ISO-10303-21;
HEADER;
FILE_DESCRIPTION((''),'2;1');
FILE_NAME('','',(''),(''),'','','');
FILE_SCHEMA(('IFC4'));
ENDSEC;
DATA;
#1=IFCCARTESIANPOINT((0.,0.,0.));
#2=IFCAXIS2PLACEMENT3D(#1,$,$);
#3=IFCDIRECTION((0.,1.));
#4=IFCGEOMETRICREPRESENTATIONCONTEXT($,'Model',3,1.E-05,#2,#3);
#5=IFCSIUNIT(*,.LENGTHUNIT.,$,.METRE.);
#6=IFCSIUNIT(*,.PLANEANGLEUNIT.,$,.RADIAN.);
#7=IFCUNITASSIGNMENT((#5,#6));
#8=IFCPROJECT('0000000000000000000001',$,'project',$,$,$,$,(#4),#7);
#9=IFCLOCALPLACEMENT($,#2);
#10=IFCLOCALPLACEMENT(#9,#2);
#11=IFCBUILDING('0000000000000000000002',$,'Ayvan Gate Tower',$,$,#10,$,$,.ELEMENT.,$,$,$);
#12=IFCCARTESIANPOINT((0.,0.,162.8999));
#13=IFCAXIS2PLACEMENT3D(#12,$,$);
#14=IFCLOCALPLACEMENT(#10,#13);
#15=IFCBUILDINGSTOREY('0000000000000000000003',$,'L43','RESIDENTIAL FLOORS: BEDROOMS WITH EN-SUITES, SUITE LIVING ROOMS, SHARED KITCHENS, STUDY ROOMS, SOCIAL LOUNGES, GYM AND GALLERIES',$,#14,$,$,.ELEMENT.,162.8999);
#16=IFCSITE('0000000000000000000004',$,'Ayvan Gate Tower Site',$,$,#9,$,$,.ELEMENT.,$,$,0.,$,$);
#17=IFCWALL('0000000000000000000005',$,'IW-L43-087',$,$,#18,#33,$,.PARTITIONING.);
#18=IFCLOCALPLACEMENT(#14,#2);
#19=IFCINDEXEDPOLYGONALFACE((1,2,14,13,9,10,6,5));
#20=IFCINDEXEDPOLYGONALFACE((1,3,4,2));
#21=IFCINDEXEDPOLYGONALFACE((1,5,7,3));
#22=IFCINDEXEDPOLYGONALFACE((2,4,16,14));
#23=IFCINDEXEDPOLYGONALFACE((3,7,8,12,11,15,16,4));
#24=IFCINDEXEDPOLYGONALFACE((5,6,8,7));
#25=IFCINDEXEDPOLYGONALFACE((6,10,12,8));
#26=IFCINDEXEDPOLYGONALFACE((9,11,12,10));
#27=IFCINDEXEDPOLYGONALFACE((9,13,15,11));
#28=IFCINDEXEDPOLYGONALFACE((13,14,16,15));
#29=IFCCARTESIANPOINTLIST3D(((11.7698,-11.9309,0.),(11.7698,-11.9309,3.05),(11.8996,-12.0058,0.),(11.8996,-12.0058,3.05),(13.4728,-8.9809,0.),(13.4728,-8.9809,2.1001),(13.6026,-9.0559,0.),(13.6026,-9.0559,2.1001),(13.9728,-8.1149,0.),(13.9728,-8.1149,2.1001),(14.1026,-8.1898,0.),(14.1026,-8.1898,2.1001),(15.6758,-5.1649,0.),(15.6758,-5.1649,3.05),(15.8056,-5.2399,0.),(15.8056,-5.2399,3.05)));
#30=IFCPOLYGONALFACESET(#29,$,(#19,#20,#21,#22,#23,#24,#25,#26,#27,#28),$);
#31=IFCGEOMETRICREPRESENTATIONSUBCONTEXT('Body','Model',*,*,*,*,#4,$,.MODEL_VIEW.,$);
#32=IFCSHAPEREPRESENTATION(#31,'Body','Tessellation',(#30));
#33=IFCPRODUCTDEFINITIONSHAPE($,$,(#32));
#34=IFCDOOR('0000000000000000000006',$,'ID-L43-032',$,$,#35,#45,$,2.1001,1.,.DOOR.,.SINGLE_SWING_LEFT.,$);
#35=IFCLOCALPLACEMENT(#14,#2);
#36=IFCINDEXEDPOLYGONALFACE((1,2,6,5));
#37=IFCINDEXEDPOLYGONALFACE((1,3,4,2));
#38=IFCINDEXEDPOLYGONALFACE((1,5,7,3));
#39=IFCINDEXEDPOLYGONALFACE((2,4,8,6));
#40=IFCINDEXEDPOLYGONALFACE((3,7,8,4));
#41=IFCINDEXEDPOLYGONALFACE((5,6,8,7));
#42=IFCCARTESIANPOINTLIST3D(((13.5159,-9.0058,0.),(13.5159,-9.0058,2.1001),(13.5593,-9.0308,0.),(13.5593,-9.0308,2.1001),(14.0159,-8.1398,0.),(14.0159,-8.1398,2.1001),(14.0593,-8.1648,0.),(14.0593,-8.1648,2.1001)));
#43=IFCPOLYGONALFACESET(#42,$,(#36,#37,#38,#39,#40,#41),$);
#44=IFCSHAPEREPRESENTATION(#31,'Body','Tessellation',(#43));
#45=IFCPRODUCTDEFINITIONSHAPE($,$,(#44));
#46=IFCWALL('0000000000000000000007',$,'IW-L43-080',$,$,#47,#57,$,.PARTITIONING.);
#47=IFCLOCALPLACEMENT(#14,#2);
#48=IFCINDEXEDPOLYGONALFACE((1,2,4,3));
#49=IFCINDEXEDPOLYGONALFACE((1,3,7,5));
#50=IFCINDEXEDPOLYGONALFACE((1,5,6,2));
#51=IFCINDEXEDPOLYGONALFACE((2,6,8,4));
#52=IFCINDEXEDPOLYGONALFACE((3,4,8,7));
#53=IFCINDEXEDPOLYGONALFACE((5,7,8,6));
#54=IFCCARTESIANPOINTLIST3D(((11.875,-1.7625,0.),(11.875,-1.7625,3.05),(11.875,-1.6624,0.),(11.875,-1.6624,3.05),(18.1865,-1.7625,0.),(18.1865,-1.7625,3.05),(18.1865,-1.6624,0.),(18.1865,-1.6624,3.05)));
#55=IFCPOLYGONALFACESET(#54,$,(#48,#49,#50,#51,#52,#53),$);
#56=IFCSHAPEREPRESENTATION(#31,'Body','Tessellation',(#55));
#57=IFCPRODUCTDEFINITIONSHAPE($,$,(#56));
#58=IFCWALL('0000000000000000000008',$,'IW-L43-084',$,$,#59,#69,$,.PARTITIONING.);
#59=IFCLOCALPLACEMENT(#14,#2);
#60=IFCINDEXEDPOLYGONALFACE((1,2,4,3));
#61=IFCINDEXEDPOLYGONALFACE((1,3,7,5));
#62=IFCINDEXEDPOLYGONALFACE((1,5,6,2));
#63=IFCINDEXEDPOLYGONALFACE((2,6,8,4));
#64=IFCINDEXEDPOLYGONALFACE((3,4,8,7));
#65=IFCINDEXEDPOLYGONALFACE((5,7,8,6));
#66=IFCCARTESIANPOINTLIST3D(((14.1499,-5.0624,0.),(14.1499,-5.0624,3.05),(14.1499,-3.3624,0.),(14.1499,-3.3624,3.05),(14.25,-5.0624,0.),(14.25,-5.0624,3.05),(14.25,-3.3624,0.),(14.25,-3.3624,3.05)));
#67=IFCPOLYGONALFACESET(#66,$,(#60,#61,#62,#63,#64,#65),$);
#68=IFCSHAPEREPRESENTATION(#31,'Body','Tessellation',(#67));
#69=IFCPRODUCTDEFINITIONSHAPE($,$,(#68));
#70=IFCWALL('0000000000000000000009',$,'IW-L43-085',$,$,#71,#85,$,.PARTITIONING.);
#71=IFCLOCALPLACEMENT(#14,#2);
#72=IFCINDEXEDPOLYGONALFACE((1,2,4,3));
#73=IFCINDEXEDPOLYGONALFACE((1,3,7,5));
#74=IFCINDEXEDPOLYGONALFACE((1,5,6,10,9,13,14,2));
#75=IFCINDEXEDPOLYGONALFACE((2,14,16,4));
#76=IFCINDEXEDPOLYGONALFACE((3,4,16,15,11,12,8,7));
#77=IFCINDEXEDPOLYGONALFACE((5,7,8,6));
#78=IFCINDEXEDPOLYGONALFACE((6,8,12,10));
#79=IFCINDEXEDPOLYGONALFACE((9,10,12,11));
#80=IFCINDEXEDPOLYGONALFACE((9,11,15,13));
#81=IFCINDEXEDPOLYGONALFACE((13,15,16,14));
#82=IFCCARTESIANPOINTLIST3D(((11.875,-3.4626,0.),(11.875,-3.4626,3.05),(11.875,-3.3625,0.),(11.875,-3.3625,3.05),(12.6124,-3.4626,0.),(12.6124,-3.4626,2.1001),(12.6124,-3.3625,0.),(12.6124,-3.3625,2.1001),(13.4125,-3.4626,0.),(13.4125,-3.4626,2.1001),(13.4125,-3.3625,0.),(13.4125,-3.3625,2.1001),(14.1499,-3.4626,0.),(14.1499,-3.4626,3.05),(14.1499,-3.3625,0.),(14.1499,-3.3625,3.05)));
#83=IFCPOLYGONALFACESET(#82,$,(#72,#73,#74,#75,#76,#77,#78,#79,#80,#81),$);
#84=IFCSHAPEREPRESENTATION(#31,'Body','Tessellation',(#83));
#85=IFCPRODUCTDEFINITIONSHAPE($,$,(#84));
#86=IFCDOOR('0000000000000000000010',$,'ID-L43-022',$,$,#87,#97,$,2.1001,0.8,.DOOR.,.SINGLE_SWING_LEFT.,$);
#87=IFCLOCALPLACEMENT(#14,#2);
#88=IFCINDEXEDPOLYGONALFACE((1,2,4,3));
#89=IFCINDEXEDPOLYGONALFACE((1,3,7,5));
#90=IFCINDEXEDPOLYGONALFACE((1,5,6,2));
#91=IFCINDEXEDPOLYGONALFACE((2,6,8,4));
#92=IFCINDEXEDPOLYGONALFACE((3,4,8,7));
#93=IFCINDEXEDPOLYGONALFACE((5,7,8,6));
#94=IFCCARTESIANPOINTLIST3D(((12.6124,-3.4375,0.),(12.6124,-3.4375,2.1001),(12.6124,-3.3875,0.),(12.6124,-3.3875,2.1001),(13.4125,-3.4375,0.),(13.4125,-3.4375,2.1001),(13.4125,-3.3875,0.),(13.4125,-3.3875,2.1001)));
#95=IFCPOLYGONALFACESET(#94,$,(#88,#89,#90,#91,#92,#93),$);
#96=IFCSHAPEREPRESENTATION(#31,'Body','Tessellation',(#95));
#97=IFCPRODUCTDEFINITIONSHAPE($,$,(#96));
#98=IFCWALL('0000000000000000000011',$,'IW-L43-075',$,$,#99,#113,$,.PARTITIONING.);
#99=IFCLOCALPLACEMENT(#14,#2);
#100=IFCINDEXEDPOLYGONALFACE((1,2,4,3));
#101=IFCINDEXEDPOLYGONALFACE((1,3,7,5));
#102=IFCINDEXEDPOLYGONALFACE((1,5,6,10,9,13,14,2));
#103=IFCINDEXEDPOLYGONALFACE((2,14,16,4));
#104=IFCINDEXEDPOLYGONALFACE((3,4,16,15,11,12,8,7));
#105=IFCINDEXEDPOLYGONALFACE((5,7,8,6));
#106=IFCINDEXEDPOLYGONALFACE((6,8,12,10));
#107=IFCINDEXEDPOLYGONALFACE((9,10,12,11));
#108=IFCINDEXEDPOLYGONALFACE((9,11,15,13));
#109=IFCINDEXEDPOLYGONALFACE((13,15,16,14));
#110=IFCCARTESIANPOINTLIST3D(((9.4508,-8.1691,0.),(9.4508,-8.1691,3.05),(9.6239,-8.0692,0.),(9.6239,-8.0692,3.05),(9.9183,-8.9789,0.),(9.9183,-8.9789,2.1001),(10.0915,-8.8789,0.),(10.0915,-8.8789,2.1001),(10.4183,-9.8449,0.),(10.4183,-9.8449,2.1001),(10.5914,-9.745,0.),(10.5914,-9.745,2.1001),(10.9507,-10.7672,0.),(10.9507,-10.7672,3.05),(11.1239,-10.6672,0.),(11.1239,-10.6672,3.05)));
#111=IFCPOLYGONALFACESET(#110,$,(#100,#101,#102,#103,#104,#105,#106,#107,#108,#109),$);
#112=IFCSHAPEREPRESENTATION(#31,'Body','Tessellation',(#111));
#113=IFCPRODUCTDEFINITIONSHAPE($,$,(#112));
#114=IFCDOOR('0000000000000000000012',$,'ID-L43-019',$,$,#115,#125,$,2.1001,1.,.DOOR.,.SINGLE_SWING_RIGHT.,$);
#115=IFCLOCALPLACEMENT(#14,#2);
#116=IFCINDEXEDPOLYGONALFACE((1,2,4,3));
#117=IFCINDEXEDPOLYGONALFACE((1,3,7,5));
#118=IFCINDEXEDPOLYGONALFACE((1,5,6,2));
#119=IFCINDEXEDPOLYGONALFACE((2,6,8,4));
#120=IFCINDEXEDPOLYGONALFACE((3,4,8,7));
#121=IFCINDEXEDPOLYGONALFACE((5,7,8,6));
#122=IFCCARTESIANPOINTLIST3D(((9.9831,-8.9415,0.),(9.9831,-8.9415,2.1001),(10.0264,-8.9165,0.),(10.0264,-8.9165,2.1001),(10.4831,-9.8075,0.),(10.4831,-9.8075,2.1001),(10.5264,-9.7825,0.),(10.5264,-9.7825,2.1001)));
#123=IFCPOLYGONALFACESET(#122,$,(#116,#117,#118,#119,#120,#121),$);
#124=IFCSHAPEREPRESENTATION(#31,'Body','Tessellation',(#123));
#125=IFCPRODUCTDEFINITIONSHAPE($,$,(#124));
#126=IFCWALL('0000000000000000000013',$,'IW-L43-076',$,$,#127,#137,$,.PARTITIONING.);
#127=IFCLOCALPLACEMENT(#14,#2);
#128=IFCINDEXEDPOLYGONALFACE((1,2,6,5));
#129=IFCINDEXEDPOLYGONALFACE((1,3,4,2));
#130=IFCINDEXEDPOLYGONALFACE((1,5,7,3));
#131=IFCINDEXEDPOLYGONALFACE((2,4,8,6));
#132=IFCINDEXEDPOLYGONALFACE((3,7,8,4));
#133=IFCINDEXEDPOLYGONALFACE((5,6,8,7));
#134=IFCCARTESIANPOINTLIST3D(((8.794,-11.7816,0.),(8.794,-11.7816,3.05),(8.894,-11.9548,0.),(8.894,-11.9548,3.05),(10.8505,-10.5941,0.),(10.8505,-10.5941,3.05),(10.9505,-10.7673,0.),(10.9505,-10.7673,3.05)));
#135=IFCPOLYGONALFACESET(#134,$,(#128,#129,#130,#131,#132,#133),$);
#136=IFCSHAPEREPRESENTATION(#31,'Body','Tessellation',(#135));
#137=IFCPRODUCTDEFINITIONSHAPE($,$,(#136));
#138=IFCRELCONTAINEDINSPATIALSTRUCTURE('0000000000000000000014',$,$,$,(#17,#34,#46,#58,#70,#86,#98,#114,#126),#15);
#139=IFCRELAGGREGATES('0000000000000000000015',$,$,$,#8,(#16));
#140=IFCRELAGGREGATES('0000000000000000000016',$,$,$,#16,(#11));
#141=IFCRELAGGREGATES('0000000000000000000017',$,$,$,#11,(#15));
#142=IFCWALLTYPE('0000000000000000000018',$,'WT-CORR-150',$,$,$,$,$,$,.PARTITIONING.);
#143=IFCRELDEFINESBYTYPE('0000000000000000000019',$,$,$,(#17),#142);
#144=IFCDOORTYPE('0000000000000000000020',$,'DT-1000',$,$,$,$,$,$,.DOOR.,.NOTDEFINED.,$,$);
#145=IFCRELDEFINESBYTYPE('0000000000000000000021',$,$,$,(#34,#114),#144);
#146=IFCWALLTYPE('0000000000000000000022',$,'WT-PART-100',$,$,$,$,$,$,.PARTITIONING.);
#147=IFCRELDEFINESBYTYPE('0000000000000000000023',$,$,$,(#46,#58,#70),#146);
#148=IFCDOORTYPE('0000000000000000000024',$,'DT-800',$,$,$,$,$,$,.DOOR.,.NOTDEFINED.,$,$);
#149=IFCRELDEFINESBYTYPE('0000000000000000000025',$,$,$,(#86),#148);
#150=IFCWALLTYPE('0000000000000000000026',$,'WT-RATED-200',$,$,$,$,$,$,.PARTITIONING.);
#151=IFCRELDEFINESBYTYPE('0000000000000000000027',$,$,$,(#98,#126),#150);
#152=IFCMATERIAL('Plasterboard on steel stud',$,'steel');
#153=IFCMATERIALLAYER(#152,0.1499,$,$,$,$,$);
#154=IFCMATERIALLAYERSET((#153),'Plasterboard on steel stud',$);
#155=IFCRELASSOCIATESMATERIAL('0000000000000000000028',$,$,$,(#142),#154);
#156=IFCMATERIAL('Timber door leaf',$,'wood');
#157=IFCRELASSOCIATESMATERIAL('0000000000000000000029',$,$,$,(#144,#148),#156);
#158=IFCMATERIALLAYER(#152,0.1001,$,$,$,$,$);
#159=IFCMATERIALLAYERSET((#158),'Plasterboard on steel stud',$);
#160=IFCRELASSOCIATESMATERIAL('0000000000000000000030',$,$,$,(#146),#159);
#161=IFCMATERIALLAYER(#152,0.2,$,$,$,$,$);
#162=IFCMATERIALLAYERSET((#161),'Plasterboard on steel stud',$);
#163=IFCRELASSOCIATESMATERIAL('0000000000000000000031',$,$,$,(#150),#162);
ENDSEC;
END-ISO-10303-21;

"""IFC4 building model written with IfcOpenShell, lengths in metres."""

from ifc_helpers import new_model, si_unit, direction, frame, frame_2d, origin, place, context, subcontext, project, spatial, rectangle, extrude, material, layer, layer_set, type_object, element, fill, save


model = new_model("IFC4")

# Units and contexts
model_context = context("Model", 3, precision=1e-05, world=origin(), true_north=direction((0.0, 1.0)))
body_context = subcontext(model_context, "Body", "Model", "MODEL_VIEW")
ifc_project = project(units=[si_unit("LENGTHUNIT", "METRE"), si_unit("PLANEANGLEUNIT", "RADIAN")], contexts=[model_context])

# Site, building, storey
site_placement = place(None, origin())
site = spatial("IfcSite", under=ifc_project, at=site_placement, Name="Ayvan Gate Tower Site", CompositionType="ELEMENT", RefElevation=0.0)
building_placement = place(site_placement, origin())
building = spatial("IfcBuilding", under=site, at=building_placement, Name="Ayvan Gate Tower", CompositionType="ELEMENT")
storey_placement = place(building_placement, frame((0.0, 0.0, 162.8999)))
storey = spatial("IfcBuildingStorey", under=building, at=storey_placement, Name="L43", Description="RESIDENTIAL FLOORS: BEDROOMS WITH EN-SUITES, SUITE LIVING ROOMS, SHARED KITCHENS, STUDY ROOMS, SOCIAL LOUNGES, GYM AND GALLERIES", CompositionType="ELEMENT", Elevation=162.8999)

# Shared definitions
ifc_material_1 = material(Name="Timber door leaf", Category="wood")

# Shared definitions
ifc_material_2 = material(Name="Plasterboard on steel stud", Category="steel")
ifc_layer_1 = layer(ifc_material_2, 0.1499)
ifc_layer_set_1 = layer_set([ifc_layer_1], Name="Plasterboard on steel stud")
wall_type_1 = type_object("IfcWallType", Name="WT-CORR-150", PredefinedType="PARTITIONING", material=ifc_layer_set_1)

# Shared definitions
door_type_1 = type_object("IfcDoorType", Name="DT-1000", OperationType="NOTDEFINED", PredefinedType="DOOR", material=ifc_material_1)

# Wall, opening, door
wall_1_placement = place(storey_placement, frame((15.7407, -5.2024, 0.0), z_axis=(0.0, 0.0, 1.0), x_axis=(-0.499974, -0.86604, 0.0)))
wall_1 = element("IfcWall", 1, at=wall_1_placement, inside=storey, type_object=wall_type_1, Name="IW-L43-087", PredefinedType="PARTITIONING", context=body_context, shape_type="SweptSolid", body=[
    extrude(rectangle(XDim=7.8125, YDim=0.1499, at=frame_2d((3.9062, 0.0))), origin(), (0.0, 0.0, 1.0), 3.05),
])
opening_1_placement = place(wall_1_placement, frame((3.4062, 0.0, 0.0)))
opening_1 = element("IfcOpeningElement", 2, at=opening_1_placement, cuts=wall_1, PredefinedType="OPENING", context=body_context, shape_type="SweptSolid", body=[
    extrude(rectangle(XDim=1.0, YDim=2.1001, at=frame_2d((0.5, 1.05))), frame((0.0, 0.085, 0.0), z_axis=(0.0, -1.0, 0.0), x_axis=(1.0, 0.0, 0.0)), (0.0, 0.0, 1.0), 0.1699),
])
door_1_placement = place(opening_1_placement, origin())
door_1 = element("IfcDoor", 3, at=door_1_placement, inside=storey, type_object=door_type_1, Name="ID-L43-032", OperationType="SINGLE_SWING_LEFT", OverallHeight=2.1001, OverallWidth=1.0, PredefinedType="DOOR", context=body_context, shape_type="SweptSolid", body=[
    extrude(rectangle(XDim=1.0, YDim=2.1001, at=frame_2d((0.5, 1.05))), frame((0.0, 0.0249, 0.0), z_axis=(0.0, -1.0, 0.0), x_axis=(1.0, 0.0, 0.0)), (0.0, 0.0, 1.0), 0.05),
])
fill(opening_1, door_1)

# Walls
ifc_layer_2 = layer(ifc_material_2, 0.1001)
ifc_layer_set_2 = layer_set([ifc_layer_2], Name="Plasterboard on steel stud")
wall_type_2 = type_object("IfcWallType", Name="WT-PART-100", PredefinedType="PARTITIONING", material=ifc_layer_set_2)
wall_2_placement = place(storey_placement, frame((11.875, -1.7124, 0.0), z_axis=(0.0, 0.0, 1.0), x_axis=(1.0, 0.0, 0.0)))
element("IfcWall", 4, at=wall_2_placement, inside=storey, type_object=wall_type_2, Name="IW-L43-080", PredefinedType="PARTITIONING", context=body_context, shape_type="SweptSolid", body=[
    extrude(rectangle(XDim=6.3115, YDim=0.1001, at=frame_2d((3.1558, 0.0))), origin(), (0.0, 0.0, 1.0), 3.05),
])
wall_3_placement = place(storey_placement, frame((14.2, -5.0625, 0.0), z_axis=(0.0, 0.0, 1.0), x_axis=(0.0, 1.0, 0.0)))
element("IfcWall", 5, at=wall_3_placement, inside=storey, type_object=wall_type_2, Name="IW-L43-084", PredefinedType="PARTITIONING", context=body_context, shape_type="SweptSolid", body=[
    extrude(rectangle(XDim=1.7, YDim=0.1001, at=frame_2d((0.8501, 0.0))), origin(), (0.0, 0.0, 1.0), 3.05),
])

# Walls, openings, doors
wall_4_placement = place(storey_placement, frame((14.1499, -3.4126, 0.0), z_axis=(0.0, 0.0, 1.0), x_axis=(-1.0, 0.0, 0.0)))
wall_4 = element("IfcWall", 6, at=wall_4_placement, inside=storey, type_object=wall_type_2, Name="IW-L43-085", PredefinedType="PARTITIONING", context=body_context, shape_type="SweptSolid", body=[
    extrude(rectangle(XDim=2.2749, YDim=0.1001, at=frame_2d((1.1375, 0.0))), origin(), (0.0, 0.0, 1.0), 3.05),
])
opening_2_placement = place(wall_4_placement, frame((0.7375, 0.0, 0.0)))
opening_2 = element("IfcOpeningElement", 7, at=opening_2_placement, cuts=wall_4, PredefinedType="OPENING", context=body_context, shape_type="SweptSolid", body=[
    extrude(rectangle(XDim=0.8, YDim=2.1001, at=frame_2d((0.3999, 1.05))), frame((0.0, 0.0601, 0.0), z_axis=(0.0, -1.0, 0.0), x_axis=(1.0, 0.0, 0.0)), (0.0, 0.0, 1.0), 0.1201),
])
door_type_2 = type_object("IfcDoorType", Name="DT-800", OperationType="NOTDEFINED", PredefinedType="DOOR", material=ifc_material_1)
door_2_placement = place(opening_2_placement, origin())
door_2 = element("IfcDoor", 8, at=door_2_placement, inside=storey, type_object=door_type_2, Name="ID-L43-022", OperationType="SINGLE_SWING_LEFT", OverallHeight=2.1001, OverallWidth=0.8, PredefinedType="DOOR", context=body_context, shape_type="SweptSolid", body=[
    extrude(rectangle(XDim=0.8, YDim=2.1001, at=frame_2d((0.3999, 1.05))), frame((0.0, 0.0249, 0.0), z_axis=(0.0, -1.0, 0.0), x_axis=(1.0, 0.0, 0.0)), (0.0, 0.0, 1.0), 0.05),
])
fill(opening_2, door_2)
ifc_layer_3 = layer(ifc_material_2, 0.2)
ifc_layer_set_3 = layer_set([ifc_layer_3], Name="Plasterboard on steel stud")
wall_type_3 = type_object("IfcWallType", Name="WT-RATED-200", PredefinedType="PARTITIONING", material=ifc_layer_set_3)
wall_5_placement = place(storey_placement, frame((9.5374, -8.1191, 0.0), z_axis=(0.0, 0.0, 1.0), x_axis=(0.49999, -0.866031, 0.0)))
wall_5 = element("IfcWall", 9, at=wall_5_placement, inside=storey, type_object=wall_type_3, Name="IW-L43-075", PredefinedType="PARTITIONING", context=body_context, shape_type="SweptSolid", body=[
    extrude(rectangle(XDim=3.0, YDim=0.2, at=frame_2d((1.5, 0.0))), origin(), (0.0, 0.0, 1.0), 3.05),
])
opening_3_placement = place(wall_5_placement, frame((0.9351, 0.0, 0.0)))
opening_3 = element("IfcOpeningElement", 10, at=opening_3_placement, cuts=wall_5, PredefinedType="OPENING", context=body_context, shape_type="SweptSolid", body=[
    extrude(rectangle(XDim=1.0, YDim=2.1001, at=frame_2d((0.5, 1.05))), frame((0.0, 0.1099, 0.0), z_axis=(0.0, -1.0, 0.0), x_axis=(1.0, 0.0, 0.0)), (0.0, 0.0, 1.0), 0.22),
])
door_3_placement = place(opening_3_placement, origin())
door_3 = element("IfcDoor", 11, at=door_3_placement, inside=storey, type_object=door_type_1, Name="ID-L43-019", OperationType="SINGLE_SWING_RIGHT", OverallHeight=2.1001, OverallWidth=1.0, PredefinedType="DOOR", context=body_context, shape_type="SweptSolid", body=[
    extrude(rectangle(XDim=1.0, YDim=2.1001, at=frame_2d((0.5, 1.05))), frame((0.0, 0.0249, 0.0), z_axis=(0.0, -1.0, 0.0), x_axis=(1.0, 0.0, 0.0)), (0.0, 0.0, 1.0), 0.05),
])
fill(opening_3, door_3)

# Wall
wall_6_placement = place(storey_placement, frame((10.9006, -10.6807, 0.0), z_axis=(0.0, 0.0, 1.0), x_axis=(-0.866008, -0.500031, 0.0)))
element("IfcWall", 12, at=wall_6_placement, inside=storey, type_object=wall_type_3, Name="IW-L43-076", PredefinedType="PARTITIONING", context=body_context, shape_type="SweptSolid", body=[
    extrude(rectangle(XDim=2.3748, YDim=0.2, at=frame_2d((1.1875, 0.0))), origin(), (0.0, 0.0, 1.0), 3.05),
])

save(model, "model.ifc")
